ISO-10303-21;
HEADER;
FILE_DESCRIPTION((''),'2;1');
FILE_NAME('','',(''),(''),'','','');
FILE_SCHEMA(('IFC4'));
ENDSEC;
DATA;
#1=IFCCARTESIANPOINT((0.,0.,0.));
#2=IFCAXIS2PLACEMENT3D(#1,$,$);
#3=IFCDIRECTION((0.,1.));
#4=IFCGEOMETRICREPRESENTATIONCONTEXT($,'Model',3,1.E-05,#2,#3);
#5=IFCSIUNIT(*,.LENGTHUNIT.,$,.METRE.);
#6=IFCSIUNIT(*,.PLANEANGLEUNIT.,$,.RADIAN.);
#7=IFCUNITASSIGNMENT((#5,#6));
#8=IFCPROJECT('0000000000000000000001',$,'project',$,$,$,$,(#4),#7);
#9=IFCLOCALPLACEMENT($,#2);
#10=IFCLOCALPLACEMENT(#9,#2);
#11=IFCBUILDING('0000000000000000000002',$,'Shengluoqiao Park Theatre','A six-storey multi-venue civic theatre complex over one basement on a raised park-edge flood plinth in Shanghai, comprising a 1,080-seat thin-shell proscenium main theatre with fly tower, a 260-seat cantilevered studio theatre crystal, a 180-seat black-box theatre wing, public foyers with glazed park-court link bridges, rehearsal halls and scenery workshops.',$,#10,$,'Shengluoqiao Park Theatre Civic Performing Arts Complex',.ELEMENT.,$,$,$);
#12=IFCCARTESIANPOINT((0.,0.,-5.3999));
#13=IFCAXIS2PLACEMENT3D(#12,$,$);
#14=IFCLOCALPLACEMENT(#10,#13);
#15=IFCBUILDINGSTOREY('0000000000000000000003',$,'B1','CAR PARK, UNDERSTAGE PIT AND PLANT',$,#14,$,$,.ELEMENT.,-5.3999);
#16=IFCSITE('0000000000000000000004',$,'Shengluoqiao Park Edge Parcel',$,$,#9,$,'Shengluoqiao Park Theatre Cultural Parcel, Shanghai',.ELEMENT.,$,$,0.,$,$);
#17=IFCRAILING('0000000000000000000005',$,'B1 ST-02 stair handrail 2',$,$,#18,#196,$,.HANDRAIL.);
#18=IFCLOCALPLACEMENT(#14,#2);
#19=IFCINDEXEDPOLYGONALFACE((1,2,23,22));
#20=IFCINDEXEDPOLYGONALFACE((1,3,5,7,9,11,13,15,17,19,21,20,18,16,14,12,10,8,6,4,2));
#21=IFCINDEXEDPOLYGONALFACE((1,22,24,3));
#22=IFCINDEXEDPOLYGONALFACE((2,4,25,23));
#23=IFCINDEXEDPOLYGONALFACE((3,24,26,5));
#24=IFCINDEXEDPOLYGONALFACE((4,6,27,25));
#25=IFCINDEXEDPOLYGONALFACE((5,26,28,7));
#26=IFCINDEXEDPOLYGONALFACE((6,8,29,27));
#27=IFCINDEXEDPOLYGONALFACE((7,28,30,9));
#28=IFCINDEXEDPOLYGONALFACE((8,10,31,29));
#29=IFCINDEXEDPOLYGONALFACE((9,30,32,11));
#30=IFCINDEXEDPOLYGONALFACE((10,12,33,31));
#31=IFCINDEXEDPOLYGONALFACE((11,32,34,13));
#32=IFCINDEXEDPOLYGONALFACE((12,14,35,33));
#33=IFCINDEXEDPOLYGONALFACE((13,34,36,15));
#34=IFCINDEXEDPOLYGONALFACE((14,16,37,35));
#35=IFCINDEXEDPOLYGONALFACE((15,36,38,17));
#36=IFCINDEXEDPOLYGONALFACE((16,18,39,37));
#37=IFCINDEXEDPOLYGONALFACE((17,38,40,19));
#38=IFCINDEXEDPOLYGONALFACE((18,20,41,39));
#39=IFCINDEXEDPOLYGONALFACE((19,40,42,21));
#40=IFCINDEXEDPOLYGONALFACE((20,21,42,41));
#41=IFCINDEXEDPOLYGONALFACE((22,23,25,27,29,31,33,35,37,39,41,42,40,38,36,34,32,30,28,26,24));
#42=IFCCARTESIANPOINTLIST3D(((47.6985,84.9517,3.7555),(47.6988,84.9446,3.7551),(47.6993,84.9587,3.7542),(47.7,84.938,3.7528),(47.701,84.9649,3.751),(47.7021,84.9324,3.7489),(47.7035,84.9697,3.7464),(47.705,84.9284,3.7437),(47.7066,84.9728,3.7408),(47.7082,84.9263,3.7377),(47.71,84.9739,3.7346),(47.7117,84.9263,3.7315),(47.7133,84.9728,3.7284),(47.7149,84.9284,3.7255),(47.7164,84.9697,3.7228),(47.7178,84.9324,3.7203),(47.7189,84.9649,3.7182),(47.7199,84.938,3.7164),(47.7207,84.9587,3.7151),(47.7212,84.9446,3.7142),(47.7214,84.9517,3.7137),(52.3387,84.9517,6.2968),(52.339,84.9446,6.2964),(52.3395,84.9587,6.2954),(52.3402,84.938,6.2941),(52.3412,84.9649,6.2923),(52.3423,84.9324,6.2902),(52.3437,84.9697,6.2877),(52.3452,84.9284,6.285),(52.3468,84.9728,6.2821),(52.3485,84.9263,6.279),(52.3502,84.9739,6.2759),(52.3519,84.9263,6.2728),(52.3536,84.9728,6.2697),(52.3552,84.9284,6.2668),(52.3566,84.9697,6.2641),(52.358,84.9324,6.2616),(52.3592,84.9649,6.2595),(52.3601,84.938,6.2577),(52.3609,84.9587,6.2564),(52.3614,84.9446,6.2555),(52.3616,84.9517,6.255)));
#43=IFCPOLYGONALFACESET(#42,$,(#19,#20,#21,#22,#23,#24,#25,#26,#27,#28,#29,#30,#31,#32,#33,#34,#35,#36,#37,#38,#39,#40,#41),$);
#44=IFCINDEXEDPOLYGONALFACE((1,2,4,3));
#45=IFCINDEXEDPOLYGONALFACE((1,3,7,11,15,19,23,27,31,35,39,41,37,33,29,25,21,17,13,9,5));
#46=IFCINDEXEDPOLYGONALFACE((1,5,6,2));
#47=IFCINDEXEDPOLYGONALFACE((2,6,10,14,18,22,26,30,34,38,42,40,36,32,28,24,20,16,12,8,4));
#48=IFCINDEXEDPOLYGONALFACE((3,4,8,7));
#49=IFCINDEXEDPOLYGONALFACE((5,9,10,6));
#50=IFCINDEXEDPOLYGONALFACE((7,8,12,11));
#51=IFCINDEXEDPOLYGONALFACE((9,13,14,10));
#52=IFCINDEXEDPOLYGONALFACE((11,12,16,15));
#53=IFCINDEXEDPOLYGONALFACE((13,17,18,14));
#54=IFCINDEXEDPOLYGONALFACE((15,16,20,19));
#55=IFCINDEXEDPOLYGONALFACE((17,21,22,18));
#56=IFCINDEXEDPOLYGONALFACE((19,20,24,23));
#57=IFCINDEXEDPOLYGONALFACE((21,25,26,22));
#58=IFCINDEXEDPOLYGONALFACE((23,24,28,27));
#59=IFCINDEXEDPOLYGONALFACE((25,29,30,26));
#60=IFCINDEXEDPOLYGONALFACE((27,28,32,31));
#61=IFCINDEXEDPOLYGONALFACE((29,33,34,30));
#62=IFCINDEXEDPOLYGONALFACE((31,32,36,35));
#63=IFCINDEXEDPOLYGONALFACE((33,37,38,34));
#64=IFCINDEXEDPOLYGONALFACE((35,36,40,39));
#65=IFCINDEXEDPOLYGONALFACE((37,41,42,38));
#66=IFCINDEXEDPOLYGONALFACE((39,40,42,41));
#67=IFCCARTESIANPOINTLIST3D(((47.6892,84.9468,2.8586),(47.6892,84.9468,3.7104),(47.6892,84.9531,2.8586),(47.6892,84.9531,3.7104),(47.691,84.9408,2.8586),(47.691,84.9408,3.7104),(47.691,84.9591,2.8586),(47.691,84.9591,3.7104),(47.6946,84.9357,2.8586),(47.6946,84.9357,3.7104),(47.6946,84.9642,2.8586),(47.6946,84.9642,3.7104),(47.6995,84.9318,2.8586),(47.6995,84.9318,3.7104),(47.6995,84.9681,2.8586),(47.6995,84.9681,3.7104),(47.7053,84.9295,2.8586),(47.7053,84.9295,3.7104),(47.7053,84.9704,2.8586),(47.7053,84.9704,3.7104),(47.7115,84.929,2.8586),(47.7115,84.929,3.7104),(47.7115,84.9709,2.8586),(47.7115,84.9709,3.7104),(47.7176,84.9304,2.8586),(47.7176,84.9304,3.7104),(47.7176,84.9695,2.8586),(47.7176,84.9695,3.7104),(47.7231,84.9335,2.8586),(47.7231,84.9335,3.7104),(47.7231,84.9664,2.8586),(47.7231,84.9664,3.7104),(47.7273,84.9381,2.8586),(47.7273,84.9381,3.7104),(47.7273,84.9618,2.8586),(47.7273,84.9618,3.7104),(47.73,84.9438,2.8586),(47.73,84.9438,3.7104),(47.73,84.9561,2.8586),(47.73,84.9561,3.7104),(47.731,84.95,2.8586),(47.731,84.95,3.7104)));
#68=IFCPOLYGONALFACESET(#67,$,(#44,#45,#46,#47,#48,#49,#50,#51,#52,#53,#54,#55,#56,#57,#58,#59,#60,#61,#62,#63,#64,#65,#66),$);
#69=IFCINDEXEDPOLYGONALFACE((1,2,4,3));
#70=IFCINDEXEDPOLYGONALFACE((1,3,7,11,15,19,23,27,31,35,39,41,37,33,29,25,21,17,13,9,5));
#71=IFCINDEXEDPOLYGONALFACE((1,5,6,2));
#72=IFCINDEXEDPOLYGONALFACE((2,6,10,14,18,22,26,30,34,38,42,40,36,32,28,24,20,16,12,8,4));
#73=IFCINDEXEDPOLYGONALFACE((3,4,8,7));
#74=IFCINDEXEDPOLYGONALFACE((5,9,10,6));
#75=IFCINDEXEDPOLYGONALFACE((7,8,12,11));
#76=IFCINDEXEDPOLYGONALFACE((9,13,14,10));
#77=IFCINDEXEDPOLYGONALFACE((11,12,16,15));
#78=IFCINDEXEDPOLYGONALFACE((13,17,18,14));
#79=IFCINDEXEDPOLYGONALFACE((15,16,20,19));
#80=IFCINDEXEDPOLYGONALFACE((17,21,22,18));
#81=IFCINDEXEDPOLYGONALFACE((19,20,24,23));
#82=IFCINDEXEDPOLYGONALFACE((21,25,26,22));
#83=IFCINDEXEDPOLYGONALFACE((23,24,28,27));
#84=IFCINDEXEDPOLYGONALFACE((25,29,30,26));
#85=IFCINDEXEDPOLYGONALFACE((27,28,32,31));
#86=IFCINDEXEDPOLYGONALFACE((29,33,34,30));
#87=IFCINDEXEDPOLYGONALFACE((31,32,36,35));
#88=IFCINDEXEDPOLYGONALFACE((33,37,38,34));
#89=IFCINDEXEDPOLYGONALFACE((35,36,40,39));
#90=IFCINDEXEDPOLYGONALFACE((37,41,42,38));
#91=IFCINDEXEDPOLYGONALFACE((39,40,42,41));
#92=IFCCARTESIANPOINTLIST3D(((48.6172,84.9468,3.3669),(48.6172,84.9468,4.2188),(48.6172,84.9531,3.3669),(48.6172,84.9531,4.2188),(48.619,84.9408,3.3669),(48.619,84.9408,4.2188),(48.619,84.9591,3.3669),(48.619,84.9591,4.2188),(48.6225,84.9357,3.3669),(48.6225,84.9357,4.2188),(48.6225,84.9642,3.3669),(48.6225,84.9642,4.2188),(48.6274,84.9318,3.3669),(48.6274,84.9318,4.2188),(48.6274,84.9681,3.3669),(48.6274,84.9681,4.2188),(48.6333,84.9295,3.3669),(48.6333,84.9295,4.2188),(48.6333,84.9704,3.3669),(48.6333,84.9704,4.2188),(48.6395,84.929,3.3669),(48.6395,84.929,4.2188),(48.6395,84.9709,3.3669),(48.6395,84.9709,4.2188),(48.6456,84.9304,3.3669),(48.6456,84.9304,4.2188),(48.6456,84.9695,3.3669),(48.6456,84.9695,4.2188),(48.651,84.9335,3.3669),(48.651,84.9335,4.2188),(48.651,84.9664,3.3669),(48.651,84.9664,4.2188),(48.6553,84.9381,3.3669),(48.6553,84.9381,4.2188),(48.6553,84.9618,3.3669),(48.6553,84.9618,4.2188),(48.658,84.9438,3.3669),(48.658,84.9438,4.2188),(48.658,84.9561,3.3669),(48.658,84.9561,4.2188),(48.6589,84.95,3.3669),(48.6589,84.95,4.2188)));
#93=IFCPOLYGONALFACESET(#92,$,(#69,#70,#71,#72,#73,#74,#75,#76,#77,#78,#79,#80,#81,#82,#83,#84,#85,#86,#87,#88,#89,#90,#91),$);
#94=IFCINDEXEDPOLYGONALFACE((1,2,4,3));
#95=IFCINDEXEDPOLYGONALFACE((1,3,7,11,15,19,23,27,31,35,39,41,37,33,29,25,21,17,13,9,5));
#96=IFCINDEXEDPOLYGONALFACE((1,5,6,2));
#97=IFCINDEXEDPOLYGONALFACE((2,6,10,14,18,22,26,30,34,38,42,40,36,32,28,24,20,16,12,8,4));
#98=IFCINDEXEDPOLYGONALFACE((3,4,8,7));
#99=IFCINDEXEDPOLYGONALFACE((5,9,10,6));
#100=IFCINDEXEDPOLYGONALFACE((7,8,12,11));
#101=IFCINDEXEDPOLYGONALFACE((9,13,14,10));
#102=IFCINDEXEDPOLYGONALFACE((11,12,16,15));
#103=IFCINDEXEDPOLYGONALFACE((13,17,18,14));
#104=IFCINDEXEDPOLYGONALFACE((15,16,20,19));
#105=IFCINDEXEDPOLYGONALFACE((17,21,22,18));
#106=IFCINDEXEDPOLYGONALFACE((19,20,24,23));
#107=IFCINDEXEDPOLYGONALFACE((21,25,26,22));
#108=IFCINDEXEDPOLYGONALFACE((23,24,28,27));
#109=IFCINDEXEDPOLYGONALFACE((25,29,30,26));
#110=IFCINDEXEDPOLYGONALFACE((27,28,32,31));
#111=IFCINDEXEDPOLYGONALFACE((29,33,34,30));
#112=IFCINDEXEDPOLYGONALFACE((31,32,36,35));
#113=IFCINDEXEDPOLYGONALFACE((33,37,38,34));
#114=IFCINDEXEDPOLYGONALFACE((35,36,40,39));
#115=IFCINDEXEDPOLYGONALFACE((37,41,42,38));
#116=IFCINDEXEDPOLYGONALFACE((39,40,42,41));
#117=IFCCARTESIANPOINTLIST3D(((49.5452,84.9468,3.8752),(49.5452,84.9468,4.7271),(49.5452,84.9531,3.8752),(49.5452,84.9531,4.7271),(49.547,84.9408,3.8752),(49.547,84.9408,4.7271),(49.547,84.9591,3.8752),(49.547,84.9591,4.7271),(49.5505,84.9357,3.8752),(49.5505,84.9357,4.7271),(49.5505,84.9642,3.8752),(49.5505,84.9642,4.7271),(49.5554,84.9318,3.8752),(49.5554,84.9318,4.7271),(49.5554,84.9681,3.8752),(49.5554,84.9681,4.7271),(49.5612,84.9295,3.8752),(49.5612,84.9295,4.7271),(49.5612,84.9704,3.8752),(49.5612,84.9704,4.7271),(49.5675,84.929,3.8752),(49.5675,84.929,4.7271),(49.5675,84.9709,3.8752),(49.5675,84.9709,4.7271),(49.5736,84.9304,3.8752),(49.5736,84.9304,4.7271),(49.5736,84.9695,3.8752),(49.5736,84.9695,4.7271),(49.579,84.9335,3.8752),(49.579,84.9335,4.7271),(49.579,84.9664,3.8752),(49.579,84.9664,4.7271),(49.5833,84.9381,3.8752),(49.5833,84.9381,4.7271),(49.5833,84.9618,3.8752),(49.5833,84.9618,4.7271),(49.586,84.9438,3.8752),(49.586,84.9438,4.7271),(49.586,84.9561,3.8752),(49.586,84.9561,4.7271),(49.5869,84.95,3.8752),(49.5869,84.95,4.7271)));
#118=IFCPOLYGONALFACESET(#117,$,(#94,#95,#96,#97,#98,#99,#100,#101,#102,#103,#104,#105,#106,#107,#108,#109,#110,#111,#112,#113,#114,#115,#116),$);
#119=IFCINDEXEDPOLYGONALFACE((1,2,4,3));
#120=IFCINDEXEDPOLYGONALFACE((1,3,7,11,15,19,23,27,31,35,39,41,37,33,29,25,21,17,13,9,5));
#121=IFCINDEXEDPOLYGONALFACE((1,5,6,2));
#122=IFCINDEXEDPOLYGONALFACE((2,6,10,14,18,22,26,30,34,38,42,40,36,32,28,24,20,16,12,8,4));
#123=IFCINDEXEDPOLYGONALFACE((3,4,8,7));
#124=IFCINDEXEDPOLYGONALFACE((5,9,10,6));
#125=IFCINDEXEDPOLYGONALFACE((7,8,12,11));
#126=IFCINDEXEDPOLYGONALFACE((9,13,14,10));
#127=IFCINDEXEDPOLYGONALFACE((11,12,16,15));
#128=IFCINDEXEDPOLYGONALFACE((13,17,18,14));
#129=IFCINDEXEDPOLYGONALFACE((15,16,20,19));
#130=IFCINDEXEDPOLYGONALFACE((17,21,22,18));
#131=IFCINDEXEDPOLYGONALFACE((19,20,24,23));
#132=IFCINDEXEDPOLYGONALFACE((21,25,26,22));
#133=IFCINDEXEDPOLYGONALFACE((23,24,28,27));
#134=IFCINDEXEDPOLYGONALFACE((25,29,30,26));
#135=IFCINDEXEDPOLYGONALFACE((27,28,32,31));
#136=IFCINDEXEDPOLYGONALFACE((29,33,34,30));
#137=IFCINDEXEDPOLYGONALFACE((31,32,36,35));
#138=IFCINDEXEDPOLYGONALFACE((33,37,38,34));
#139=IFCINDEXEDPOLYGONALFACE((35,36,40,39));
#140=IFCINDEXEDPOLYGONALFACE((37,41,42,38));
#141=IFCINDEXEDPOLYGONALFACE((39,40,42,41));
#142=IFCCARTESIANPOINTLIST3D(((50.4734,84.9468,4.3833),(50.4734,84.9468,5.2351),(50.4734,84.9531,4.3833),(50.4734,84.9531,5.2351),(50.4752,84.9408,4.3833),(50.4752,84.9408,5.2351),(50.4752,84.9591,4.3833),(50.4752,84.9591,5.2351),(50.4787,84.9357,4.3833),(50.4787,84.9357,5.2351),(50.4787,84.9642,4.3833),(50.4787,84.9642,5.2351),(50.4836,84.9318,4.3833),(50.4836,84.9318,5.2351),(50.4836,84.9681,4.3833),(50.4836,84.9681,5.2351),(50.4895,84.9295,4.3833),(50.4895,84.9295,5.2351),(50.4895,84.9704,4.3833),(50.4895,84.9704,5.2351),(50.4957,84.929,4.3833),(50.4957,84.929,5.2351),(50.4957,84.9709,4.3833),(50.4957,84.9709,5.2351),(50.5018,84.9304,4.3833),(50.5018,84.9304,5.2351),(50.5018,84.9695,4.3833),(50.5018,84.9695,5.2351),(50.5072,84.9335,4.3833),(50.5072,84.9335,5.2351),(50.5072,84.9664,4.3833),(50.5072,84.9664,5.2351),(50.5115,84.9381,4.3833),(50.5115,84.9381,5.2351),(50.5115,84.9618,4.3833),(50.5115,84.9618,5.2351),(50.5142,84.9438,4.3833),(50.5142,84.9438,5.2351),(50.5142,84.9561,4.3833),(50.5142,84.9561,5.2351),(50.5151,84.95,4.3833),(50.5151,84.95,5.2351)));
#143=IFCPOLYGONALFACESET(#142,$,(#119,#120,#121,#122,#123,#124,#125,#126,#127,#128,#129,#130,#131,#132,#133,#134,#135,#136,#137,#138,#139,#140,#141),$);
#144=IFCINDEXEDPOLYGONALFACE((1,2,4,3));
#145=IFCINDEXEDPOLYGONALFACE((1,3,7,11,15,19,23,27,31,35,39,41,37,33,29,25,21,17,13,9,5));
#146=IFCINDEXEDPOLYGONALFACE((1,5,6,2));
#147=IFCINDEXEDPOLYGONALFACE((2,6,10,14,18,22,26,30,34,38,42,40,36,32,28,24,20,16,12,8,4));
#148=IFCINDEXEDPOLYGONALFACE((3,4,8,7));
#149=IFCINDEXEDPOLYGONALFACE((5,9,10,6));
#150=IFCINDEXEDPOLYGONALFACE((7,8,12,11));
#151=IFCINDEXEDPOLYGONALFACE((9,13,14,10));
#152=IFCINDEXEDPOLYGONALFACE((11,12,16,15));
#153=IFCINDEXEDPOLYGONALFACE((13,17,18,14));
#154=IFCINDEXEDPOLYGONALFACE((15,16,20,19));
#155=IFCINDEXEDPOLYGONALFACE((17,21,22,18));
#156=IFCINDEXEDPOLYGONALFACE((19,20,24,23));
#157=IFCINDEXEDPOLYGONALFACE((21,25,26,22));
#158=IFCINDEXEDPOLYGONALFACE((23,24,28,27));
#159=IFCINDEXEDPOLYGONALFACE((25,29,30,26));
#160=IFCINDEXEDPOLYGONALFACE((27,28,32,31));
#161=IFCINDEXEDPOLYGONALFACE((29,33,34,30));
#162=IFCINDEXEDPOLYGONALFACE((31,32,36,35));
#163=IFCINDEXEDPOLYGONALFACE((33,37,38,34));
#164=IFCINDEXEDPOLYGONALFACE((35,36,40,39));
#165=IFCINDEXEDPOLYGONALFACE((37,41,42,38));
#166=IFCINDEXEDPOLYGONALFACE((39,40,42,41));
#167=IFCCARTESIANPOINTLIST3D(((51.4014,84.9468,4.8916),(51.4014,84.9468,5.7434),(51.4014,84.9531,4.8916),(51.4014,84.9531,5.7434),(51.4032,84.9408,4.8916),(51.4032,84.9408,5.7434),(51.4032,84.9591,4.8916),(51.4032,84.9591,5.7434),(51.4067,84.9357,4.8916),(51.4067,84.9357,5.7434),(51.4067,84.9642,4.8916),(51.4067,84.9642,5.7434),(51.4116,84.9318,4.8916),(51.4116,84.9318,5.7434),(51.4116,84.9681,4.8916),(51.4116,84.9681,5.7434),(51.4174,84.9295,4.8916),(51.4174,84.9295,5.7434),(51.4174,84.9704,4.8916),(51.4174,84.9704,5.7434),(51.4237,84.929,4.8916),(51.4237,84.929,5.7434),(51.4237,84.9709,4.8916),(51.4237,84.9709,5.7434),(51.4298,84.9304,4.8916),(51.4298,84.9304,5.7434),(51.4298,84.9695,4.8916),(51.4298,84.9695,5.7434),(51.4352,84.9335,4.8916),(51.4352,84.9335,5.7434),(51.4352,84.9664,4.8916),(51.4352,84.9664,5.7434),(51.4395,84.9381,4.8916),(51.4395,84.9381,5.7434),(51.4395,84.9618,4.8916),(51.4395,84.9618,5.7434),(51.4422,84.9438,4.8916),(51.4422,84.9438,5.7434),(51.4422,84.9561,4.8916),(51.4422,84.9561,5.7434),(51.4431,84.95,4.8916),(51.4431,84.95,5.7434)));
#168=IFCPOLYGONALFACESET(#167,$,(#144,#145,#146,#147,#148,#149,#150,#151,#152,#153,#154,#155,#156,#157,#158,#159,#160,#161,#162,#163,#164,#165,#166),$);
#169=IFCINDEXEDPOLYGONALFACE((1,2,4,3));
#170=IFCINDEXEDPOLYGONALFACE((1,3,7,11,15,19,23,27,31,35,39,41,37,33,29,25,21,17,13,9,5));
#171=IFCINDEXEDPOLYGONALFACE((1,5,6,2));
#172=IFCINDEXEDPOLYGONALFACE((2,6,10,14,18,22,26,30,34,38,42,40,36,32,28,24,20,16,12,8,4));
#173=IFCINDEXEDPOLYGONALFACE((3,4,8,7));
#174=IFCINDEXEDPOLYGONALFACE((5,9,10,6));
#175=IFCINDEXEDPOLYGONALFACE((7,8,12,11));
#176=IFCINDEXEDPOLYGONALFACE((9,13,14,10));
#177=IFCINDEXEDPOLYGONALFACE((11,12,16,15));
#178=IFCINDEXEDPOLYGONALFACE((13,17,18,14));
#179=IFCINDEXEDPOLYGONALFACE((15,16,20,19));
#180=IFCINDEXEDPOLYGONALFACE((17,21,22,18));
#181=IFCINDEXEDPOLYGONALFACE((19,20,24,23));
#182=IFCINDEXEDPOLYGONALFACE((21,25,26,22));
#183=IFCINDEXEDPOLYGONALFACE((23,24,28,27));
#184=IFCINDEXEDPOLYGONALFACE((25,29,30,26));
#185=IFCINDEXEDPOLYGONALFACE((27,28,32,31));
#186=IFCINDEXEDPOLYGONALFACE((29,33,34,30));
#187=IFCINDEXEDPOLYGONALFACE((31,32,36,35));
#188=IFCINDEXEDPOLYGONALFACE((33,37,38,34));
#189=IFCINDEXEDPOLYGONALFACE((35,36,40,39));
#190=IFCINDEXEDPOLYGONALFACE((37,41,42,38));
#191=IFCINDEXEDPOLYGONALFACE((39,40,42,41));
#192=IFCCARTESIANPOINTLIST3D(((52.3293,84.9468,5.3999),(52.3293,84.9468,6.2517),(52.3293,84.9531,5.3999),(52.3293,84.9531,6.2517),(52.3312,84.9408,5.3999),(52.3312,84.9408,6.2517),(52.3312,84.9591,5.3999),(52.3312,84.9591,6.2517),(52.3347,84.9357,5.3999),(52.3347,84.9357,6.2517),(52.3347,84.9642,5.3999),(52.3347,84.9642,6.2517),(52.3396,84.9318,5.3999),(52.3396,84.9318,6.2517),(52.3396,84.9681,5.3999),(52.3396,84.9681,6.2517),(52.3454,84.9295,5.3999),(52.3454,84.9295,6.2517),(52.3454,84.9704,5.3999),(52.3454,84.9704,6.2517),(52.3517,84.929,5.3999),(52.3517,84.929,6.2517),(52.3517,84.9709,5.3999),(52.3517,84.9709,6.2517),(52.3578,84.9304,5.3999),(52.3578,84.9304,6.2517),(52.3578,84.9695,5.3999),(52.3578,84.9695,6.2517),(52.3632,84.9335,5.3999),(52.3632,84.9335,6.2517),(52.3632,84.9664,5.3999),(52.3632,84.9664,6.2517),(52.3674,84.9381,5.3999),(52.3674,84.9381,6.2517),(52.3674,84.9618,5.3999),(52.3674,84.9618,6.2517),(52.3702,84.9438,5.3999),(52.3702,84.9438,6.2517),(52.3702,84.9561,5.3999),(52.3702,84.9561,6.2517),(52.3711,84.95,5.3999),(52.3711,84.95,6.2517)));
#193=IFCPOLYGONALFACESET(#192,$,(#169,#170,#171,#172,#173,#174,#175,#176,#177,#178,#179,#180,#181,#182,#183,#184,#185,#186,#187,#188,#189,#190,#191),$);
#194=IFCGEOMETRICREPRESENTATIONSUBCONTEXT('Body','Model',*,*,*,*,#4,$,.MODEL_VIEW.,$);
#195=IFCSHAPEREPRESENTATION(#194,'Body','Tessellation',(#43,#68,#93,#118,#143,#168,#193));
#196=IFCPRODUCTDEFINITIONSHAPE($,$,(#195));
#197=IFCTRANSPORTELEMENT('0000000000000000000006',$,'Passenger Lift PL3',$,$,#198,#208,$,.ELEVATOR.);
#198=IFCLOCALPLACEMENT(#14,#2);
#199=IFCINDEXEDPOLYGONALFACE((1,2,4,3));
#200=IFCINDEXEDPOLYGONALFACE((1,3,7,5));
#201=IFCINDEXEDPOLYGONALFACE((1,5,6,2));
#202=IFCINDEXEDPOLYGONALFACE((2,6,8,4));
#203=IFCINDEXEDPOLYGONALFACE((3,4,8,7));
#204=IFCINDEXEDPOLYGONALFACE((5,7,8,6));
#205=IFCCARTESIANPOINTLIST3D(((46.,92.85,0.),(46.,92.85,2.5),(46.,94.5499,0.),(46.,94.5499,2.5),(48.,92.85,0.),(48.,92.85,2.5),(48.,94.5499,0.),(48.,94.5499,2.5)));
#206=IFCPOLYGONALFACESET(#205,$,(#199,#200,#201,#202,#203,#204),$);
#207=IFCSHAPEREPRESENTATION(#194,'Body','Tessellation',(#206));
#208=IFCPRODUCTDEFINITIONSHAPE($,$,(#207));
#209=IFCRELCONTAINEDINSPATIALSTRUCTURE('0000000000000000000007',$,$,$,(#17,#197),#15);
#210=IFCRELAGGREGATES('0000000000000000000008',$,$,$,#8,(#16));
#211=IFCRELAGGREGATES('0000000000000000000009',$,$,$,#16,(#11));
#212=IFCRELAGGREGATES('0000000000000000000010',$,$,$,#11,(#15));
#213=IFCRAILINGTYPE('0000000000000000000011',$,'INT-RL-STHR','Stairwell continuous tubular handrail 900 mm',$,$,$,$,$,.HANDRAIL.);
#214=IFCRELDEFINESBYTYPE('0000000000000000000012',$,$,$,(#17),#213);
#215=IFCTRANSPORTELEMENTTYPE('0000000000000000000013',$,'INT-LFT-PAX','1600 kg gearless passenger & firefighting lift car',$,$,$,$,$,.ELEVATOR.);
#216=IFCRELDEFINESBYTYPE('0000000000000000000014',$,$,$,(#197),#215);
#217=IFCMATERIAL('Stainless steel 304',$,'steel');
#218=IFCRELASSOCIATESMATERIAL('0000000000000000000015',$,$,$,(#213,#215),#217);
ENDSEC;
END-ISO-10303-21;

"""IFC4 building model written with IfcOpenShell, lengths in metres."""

from ifc_helpers import new_model, si_unit, direction, frame, origin, origin_2d, place, context, subcontext, project, spatial, rectangle, circle, extrude, material, type_object, element, save


model = new_model("IFC4")

# Units and contexts
model_context = context("Model", 3, precision=1e-05, world=origin(), true_north=direction((0.0, 1.0)))
body_context = subcontext(model_context, "Body", "Model", "MODEL_VIEW")
ifc_project = project(units=[si_unit("LENGTHUNIT", "METRE"), si_unit("PLANEANGLEUNIT", "RADIAN")], contexts=[model_context])

# Site, building, storey
site_placement = place(None, origin())
site = spatial("IfcSite", under=ifc_project, at=site_placement, Name="Shengluoqiao Park Edge Parcel", LongName="Shengluoqiao Park Theatre Cultural Parcel, Shanghai", CompositionType="ELEMENT", RefElevation=0.0)
building_placement = place(site_placement, origin())
building = spatial("IfcBuilding", under=site, at=building_placement, Name="Shengluoqiao Park Theatre", Description="A six-storey multi-venue civic theatre complex over one basement on a raised park-edge flood plinth in Shanghai, comprising a 1,080-seat thin-shell proscenium main theatre with fly tower, a 260-seat cantilevered studio theatre crystal, a 180-seat black-box theatre wing, public foyers with glazed park-court link bridges, rehearsal halls and scenery workshops.", LongName="Shengluoqiao Park Theatre Civic Performing Arts Complex", CompositionType="ELEMENT")
storey_placement = place(building_placement, frame((0.0, 0.0, -5.3999)))
storey = spatial("IfcBuildingStorey", under=building, at=storey_placement, Name="B1", Description="CAR PARK, UNDERSTAGE PIT AND PLANT", CompositionType="ELEMENT", Elevation=-5.3999)

# Shared definitions
ifc_material_1 = material(Name="Stainless steel 304", Category="steel")

# Railing
railing_type_1 = type_object("IfcRailingType", Name="INT-RL-STHR", Description="Stairwell continuous tubular handrail 900 mm", PredefinedType="HANDRAIL", material=ifc_material_1)
railing_1_placement = place(storey_placement, frame((47.71, 84.95, 2.8586)))
element("IfcRailing", 1, at=railing_1_placement, inside=storey, type_object=railing_type_1, Name="B1 ST-02 stair handrail 2", PredefinedType="HANDRAIL", context=body_context, shape_type="SweptSolid", body=[
    extrude(circle(Radius=0.0239, at=origin_2d()), frame((0.0, 0.0, 0.876), z_axis=(0.877078, 0.0, 0.480348), x_axis=(0.0, 1.0, 0.0)), (0.0, 0.0, 1.0), 5.2905),
    extrude(circle(Radius=0.021, at=origin_2d()), origin(), (0.0, 0.0, 1.0), 0.8518),
    extrude(circle(Radius=0.021, at=origin_2d()), frame((0.928, 0.0, 0.5083)), (0.0, 0.0, 1.0), 0.8518),
    extrude(circle(Radius=0.021, at=origin_2d()), frame((1.856, 0.0, 1.0166)), (0.0, 0.0, 1.0), 0.8518),
    extrude(circle(Radius=0.021, at=origin_2d()), frame((2.7842, 0.0, 1.5247)), (0.0, 0.0, 1.0), 0.8518),
    extrude(circle(Radius=0.021, at=origin_2d()), frame((3.7122, 0.0, 2.033)), (0.0, 0.0, 1.0), 0.8518),
    extrude(circle(Radius=0.021, at=origin_2d()), frame((4.6401, 0.0, 2.5413)), (0.0, 0.0, 1.0), 0.8518),
])

# Transport element
transport_element_type = type_object("IfcTransportElementType", Name="INT-LFT-PAX", Description="1600 kg gearless passenger & firefighting lift car", PredefinedType="ELEVATOR", material=ifc_material_1)
transport_element_placement = place(storey_placement, frame((47.0, 93.7, 0.0), z_axis=(0.0, 0.0, 1.0), x_axis=(1.0, 0.0, 0.0)))
element("IfcTransportElement", 2, at=transport_element_placement, inside=storey, type_object=transport_element_type, Name="Passenger Lift PL3", PredefinedType="ELEVATOR", context=body_context, shape_type="SweptSolid", body=[
    extrude(rectangle(XDim=2.0, YDim=1.7, at=origin_2d()), origin(), (0.0, 0.0, 1.0), 2.5),
])

save(model, "model.ifc")
